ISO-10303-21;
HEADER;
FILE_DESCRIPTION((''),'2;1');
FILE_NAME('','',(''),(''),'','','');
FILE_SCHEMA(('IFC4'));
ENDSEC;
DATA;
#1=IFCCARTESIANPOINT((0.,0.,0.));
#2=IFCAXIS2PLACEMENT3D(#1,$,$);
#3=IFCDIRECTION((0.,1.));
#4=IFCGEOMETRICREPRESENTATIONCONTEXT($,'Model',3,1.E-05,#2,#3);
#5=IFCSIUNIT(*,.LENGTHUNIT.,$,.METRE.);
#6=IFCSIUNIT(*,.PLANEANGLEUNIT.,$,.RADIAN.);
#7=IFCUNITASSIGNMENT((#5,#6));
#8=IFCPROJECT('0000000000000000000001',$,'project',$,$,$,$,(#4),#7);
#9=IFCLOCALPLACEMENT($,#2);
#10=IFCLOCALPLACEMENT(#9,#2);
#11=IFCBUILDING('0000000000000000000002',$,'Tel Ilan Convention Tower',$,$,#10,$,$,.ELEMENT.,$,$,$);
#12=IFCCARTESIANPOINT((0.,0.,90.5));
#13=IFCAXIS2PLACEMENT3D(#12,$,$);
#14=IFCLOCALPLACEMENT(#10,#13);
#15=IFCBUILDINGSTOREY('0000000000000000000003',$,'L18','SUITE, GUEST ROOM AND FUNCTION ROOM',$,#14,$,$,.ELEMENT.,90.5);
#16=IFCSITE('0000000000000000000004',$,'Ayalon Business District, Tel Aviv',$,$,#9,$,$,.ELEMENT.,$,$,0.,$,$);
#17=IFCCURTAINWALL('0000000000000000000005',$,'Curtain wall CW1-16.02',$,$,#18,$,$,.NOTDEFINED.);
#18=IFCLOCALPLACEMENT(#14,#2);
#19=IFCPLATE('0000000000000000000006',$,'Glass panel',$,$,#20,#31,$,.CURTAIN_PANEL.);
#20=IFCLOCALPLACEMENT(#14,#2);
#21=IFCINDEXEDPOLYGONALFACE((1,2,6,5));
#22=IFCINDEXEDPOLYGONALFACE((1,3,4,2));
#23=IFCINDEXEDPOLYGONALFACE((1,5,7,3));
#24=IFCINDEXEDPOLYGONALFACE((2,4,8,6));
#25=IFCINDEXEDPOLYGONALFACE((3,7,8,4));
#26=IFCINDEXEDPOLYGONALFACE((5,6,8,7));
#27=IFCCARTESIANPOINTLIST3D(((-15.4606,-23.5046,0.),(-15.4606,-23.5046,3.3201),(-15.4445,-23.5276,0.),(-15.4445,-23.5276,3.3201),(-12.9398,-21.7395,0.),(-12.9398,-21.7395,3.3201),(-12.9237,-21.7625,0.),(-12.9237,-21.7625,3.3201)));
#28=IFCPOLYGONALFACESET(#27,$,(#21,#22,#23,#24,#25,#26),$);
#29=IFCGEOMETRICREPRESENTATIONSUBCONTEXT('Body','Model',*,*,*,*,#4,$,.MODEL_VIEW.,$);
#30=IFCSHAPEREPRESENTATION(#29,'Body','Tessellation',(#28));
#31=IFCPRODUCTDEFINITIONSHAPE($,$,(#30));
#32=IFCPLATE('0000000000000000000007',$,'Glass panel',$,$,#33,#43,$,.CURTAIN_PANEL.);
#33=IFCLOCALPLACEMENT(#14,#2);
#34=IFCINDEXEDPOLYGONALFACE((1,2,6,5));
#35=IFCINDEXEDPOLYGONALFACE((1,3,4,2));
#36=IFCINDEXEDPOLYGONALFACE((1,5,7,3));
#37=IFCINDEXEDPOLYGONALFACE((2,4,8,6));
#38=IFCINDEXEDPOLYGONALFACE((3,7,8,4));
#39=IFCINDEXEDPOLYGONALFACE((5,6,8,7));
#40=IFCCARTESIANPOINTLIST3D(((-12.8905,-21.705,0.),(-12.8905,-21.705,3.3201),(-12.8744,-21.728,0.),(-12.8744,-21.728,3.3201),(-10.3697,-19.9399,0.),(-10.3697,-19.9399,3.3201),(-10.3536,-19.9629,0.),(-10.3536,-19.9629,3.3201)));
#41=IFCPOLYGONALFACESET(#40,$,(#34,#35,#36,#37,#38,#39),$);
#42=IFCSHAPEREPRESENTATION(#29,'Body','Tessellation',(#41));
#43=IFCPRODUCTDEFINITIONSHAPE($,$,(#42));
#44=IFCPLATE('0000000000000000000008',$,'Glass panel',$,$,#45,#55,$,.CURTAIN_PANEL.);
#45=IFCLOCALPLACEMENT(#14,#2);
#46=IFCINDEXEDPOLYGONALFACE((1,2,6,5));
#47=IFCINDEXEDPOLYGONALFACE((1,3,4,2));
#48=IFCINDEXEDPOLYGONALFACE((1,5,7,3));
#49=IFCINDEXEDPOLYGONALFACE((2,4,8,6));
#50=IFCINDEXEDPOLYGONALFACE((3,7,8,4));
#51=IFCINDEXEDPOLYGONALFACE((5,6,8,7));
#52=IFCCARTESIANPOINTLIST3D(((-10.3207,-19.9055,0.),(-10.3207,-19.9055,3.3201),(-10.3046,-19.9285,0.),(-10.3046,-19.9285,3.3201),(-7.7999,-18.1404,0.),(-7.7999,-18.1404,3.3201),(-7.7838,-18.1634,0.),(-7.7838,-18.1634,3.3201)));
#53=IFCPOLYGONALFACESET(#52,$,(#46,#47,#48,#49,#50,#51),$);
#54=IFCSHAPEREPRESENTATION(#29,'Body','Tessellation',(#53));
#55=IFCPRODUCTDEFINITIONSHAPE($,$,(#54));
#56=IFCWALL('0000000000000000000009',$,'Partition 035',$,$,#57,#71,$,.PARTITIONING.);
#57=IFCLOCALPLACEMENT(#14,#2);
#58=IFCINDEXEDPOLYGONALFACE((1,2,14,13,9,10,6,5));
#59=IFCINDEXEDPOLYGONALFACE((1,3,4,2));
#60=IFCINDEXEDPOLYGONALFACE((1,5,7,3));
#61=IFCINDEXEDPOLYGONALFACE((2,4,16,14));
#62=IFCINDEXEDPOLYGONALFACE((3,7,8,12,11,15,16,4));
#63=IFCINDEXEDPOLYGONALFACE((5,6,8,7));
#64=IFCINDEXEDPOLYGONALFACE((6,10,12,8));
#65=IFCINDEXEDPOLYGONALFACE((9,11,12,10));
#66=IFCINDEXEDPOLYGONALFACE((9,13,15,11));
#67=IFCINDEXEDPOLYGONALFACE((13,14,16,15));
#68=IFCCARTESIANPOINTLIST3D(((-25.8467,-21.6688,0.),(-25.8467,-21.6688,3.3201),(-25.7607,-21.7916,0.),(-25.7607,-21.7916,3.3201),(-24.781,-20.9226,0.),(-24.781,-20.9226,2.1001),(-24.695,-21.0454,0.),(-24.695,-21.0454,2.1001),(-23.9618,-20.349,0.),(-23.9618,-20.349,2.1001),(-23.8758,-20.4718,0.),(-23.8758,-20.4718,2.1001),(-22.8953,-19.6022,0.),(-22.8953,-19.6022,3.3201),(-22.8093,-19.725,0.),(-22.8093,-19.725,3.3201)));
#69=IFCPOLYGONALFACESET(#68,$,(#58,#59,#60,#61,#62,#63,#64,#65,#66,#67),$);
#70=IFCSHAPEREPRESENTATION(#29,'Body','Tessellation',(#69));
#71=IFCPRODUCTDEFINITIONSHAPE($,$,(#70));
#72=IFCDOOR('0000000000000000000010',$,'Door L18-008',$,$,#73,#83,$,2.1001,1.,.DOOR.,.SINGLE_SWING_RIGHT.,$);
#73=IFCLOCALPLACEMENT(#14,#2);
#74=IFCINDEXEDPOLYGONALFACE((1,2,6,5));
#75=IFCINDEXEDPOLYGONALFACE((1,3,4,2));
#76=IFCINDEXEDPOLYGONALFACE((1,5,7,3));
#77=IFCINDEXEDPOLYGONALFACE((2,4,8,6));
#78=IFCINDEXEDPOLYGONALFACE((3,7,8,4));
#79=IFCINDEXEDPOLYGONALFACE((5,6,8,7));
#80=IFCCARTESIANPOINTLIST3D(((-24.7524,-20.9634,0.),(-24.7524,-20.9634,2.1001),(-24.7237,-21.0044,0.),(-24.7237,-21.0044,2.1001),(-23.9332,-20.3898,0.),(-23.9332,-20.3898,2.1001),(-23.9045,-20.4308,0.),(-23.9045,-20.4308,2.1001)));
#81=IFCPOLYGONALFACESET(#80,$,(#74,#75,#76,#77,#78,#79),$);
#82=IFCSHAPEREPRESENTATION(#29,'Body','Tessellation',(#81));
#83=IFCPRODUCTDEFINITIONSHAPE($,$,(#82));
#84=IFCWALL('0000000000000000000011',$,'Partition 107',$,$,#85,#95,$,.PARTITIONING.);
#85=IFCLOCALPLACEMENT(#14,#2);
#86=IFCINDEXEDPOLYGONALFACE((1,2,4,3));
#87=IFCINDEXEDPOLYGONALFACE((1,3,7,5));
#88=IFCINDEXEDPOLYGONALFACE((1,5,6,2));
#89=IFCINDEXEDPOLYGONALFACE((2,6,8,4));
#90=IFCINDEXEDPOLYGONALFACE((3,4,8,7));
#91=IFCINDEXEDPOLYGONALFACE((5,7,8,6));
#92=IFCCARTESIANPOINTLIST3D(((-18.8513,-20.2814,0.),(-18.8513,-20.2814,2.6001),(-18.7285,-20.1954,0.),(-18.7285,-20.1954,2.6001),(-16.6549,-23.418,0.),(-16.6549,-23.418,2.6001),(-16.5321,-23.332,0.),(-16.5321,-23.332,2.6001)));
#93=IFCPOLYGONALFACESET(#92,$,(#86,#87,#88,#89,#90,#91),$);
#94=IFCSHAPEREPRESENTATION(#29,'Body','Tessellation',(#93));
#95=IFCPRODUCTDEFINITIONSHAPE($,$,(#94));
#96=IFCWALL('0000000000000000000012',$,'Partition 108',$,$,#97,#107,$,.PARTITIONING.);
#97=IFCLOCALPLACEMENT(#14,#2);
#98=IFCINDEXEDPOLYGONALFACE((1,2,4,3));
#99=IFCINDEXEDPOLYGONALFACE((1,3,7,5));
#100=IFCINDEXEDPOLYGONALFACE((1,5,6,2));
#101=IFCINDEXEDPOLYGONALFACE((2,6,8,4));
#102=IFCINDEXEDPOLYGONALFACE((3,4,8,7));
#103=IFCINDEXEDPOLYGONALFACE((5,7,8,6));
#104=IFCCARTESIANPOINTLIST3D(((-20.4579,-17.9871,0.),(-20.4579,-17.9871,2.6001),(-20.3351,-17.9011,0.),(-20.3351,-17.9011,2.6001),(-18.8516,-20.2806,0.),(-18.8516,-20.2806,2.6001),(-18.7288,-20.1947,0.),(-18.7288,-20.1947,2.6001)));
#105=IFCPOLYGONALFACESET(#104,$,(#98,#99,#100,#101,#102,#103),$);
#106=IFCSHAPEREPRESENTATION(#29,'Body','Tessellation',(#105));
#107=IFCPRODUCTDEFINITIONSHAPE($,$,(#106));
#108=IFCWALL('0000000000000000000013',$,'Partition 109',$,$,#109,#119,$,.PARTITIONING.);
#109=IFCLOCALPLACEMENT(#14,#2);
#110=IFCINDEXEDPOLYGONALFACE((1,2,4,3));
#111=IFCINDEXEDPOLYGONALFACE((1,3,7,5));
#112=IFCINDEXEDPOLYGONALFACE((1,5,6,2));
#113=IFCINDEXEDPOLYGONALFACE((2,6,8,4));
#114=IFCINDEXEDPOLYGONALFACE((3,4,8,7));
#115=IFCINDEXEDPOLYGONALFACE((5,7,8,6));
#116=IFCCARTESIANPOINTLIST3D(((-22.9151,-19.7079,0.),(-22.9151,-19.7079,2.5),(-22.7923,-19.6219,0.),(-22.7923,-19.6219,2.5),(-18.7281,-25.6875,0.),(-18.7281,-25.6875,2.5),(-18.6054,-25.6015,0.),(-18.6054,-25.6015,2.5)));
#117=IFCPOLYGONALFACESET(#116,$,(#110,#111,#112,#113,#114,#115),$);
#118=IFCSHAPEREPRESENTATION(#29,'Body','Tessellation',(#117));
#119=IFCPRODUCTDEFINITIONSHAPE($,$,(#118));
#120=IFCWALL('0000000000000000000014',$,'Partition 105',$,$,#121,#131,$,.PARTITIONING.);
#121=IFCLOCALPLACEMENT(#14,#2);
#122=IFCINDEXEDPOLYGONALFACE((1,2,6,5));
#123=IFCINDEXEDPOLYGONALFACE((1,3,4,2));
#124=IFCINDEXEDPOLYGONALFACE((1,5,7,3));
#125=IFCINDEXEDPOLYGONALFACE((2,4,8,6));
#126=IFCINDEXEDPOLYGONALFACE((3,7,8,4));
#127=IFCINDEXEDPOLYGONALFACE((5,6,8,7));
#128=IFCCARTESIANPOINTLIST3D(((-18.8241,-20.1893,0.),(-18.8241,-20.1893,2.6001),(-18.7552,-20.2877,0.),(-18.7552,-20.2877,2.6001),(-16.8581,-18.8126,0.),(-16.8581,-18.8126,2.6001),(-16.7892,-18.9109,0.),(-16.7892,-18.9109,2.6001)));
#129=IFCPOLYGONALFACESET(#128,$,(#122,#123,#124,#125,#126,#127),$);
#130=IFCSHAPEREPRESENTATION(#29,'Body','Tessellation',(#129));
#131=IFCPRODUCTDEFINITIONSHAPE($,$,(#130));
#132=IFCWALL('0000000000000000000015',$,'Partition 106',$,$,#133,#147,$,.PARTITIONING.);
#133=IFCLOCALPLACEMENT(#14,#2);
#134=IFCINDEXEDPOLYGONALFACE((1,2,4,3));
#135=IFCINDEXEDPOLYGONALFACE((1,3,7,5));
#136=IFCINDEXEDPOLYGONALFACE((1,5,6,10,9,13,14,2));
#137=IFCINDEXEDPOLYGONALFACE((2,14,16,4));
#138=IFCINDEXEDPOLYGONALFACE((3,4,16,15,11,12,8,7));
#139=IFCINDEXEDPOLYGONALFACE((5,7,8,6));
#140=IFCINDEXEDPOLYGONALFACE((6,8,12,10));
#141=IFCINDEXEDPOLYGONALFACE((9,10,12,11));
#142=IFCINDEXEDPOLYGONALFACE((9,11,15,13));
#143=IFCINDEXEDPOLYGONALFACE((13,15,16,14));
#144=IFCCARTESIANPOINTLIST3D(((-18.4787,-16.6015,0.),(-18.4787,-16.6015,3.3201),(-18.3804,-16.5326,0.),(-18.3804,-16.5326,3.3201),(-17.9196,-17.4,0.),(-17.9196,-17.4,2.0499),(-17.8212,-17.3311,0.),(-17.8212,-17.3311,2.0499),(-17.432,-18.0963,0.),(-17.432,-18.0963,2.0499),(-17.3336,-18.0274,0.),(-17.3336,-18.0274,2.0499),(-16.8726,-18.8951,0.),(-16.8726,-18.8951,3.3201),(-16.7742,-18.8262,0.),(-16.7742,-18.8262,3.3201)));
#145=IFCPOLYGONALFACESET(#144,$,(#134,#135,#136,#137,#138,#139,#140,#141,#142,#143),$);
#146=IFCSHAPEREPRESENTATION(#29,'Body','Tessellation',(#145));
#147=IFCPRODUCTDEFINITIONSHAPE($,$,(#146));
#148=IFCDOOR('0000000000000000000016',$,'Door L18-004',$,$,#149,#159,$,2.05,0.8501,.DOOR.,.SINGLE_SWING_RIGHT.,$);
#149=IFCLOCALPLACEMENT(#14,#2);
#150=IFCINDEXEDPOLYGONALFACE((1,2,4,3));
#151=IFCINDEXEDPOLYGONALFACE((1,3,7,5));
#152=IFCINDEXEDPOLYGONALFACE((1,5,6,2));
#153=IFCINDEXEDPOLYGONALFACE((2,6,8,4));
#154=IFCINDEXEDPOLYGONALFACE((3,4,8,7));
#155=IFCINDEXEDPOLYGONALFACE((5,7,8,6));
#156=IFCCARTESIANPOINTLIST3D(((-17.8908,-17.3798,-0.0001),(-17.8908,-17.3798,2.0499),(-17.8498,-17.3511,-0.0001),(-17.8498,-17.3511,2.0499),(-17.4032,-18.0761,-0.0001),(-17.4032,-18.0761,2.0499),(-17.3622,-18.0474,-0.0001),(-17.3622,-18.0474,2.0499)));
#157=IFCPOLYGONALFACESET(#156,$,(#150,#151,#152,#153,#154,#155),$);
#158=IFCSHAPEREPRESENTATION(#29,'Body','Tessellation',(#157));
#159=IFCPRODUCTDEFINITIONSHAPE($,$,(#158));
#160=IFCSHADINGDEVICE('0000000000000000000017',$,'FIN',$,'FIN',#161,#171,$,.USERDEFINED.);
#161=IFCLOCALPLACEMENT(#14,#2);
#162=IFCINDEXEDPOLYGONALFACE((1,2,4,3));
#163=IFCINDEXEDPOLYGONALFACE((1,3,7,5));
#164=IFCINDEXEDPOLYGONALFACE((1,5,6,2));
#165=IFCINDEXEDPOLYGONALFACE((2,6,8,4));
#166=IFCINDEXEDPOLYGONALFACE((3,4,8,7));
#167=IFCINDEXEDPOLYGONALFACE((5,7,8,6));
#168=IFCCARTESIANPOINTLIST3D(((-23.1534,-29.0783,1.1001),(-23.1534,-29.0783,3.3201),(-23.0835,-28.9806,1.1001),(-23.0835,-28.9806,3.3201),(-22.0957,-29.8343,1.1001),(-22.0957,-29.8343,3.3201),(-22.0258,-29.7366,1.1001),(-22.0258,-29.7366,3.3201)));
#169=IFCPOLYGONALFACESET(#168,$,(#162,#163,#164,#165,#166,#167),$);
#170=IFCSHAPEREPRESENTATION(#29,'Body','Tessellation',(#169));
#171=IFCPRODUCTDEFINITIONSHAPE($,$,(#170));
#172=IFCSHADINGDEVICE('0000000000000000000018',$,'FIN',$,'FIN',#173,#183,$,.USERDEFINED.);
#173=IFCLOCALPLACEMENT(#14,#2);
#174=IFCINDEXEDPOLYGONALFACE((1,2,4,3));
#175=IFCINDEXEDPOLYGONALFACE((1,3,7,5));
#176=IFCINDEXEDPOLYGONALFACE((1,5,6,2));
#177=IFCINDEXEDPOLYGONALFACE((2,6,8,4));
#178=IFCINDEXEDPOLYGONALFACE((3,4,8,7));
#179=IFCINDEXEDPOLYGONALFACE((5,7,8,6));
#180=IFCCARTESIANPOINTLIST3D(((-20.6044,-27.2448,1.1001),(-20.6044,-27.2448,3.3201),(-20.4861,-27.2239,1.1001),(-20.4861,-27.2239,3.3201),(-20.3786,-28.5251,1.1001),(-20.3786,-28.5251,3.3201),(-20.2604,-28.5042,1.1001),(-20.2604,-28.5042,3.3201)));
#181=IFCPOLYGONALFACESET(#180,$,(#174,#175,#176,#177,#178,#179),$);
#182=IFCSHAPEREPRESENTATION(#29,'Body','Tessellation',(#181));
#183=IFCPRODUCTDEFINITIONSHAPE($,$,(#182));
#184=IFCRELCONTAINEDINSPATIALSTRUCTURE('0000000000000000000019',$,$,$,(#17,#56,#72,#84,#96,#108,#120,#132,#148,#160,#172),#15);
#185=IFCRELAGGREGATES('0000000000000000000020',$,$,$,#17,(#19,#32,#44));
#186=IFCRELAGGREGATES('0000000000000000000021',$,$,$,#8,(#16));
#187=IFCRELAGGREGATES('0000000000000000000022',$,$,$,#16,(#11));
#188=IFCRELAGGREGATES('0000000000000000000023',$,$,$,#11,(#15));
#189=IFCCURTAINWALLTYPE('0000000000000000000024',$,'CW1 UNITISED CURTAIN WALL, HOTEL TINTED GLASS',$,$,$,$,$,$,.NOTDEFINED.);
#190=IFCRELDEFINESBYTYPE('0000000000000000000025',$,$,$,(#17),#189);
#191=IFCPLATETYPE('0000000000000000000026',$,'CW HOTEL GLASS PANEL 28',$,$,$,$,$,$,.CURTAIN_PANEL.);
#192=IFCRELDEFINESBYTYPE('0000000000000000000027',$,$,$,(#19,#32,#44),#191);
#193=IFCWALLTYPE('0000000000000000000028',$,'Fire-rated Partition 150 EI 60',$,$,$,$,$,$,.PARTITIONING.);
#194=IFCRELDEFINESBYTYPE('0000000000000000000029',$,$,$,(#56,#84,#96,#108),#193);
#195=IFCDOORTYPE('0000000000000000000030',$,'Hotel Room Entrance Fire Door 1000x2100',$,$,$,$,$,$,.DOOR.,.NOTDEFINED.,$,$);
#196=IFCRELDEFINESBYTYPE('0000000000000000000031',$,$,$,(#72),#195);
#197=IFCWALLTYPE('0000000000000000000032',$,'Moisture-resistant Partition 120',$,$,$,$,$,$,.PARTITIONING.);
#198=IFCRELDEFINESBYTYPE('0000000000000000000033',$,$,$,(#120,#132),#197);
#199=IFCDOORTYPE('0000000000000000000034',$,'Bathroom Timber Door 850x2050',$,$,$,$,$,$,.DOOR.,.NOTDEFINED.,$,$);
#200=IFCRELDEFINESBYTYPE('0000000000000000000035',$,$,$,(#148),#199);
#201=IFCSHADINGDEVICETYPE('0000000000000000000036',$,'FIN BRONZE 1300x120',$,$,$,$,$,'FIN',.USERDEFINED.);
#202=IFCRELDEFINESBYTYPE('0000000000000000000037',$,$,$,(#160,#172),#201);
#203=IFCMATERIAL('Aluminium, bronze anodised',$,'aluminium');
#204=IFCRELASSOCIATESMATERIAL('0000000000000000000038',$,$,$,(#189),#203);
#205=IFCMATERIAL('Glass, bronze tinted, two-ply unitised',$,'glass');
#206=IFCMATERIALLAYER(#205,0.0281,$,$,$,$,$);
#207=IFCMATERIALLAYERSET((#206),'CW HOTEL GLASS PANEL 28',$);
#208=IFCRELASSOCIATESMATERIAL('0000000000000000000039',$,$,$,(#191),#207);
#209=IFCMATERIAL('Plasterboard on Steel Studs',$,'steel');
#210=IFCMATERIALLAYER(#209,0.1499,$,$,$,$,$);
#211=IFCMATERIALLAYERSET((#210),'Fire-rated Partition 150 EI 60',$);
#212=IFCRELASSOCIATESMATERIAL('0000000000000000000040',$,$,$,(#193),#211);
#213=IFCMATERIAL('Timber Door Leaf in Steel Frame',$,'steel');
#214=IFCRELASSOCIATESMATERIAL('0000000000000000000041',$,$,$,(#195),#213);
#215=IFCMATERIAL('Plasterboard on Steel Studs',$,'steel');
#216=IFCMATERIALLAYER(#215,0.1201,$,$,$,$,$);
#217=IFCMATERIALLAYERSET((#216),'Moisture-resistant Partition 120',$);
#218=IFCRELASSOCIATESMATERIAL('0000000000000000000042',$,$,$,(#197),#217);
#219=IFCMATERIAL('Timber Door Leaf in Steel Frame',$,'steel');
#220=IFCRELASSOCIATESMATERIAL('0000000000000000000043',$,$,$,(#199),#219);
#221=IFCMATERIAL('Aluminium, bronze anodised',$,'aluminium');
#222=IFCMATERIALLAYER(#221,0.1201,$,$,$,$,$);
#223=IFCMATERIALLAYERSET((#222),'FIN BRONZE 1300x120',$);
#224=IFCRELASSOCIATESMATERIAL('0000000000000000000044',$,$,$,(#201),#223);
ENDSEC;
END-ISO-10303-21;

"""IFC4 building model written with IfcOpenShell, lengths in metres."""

from ifc_helpers import new_model, si_unit, direction, frame, frame_2d, origin, origin_2d, place, context, subcontext, project, spatial, rectangle, extrude, material, layer, layer_set, type_object, element, fill, aggregate, save


model = new_model("IFC4")

# Units and contexts
model_context = context("Model", 3, precision=1e-05, world=origin(), true_north=direction((0.0, 1.0)))
body_context = subcontext(model_context, "Body", "Model", "MODEL_VIEW")
ifc_project = project(units=[si_unit("LENGTHUNIT", "METRE"), si_unit("PLANEANGLEUNIT", "RADIAN")], contexts=[model_context])

# Site, building, storey
site_placement = place(None, origin())
site = spatial("IfcSite", under=ifc_project, at=site_placement, Name="Ayalon Business District, Tel Aviv", CompositionType="ELEMENT", RefElevation=0.0)
building_placement = place(site_placement, origin())
building = spatial("IfcBuilding", under=site, at=building_placement, Name="Tel Ilan Convention Tower", CompositionType="ELEMENT")
storey_placement = place(building_placement, frame((0.0, 0.0, 90.5)))
storey = spatial("IfcBuildingStorey", under=building, at=storey_placement, Name="L18", Description="SUITE, GUEST ROOM AND FUNCTION ROOM", CompositionType="ELEMENT", Elevation=90.5)

# Curtain wall, plates
ifc_material_1 = material(Name="Aluminium, bronze anodised", Category="aluminium")
curtain_wall_type = type_object("IfcCurtainWallType", Name="CW1 UNITISED CURTAIN WALL, HOTEL TINTED GLASS", PredefinedType="NOTDEFINED", material=ifc_material_1)
curtain_wall_placement = place(storey_placement, origin())
curtain_wall = element("IfcCurtainWall", 1, at=curtain_wall_placement, inside=storey, type_object=curtain_wall_type, Name="Curtain wall CW1-16.02", PredefinedType="NOTDEFINED")
ifc_material_2 = material(Name="Glass, bronze tinted, two-ply unitised", Category="glass")
ifc_layer_1 = layer(ifc_material_2, 0.0281)
ifc_layer_set_1 = layer_set([ifc_layer_1], Name="CW HOTEL GLASS PANEL 28")
plate_type = type_object("IfcPlateType", Name="CW HOTEL GLASS PANEL 28", PredefinedType="CURTAIN_PANEL", material=ifc_layer_set_1)
plate_1_placement = place(storey_placement, frame((-14.1921, -22.6335, 0.0), z_axis=(0.0, 0.0, 1.0), x_axis=(0.819152, 0.573576, 0.0)))
plate_1 = element("IfcPlate", 2, at=plate_1_placement, type_object=plate_type, Name="Glass panel", PredefinedType="CURTAIN_PANEL", context=body_context, shape_type="SweptSolid", body=[
    extrude(rectangle(XDim=3.0774, YDim=0.0281, at=origin_2d()), origin(), (0.0, 0.0, 1.0), 3.3201),
])
plate_2_placement = place(storey_placement, frame((-11.6221, -20.834, 0.0), z_axis=(0.0, 0.0, 1.0), x_axis=(0.819152, 0.573576, 0.0)))
plate_2 = element("IfcPlate", 3, at=plate_2_placement, type_object=plate_type, Name="Glass panel", PredefinedType="CURTAIN_PANEL", context=body_context, shape_type="SweptSolid", body=[
    extrude(rectangle(XDim=3.0774, YDim=0.0281, at=origin_2d()), origin(), (0.0, 0.0, 1.0), 3.3201),
])
plate_3_placement = place(storey_placement, frame((-9.0522, -19.0344, 0.0), z_axis=(0.0, 0.0, 1.0), x_axis=(0.819152, 0.573576, 0.0)))
plate_3 = element("IfcPlate", 4, at=plate_3_placement, type_object=plate_type, Name="Glass panel", PredefinedType="CURTAIN_PANEL", context=body_context, shape_type="SweptSolid", body=[
    extrude(rectangle(XDim=3.0774, YDim=0.0281, at=origin_2d()), origin(), (0.0, 0.0, 1.0), 3.3201),
])
aggregate(curtain_wall, [plate_1, plate_2, plate_3])

# Wall, opening, door
ifc_material_3 = material(Name="Plasterboard on Steel Studs", Category="steel")
ifc_layer_2 = layer(ifc_material_3, 0.1499)
ifc_layer_set_2 = layer_set([ifc_layer_2], Name="Fire-rated Partition 150 EI 60")
wall_type_1 = type_object("IfcWallType", Name="Fire-rated Partition 150 EI 60", PredefinedType="PARTITIONING", material=ifc_layer_set_2)
wall_1_placement = place(storey_placement, frame((-22.8523, -19.6636, 0.0), z_axis=(0.0, 0.0, 1.0), x_axis=(-0.819146, -0.573585, 0.0)))
wall_1 = element("IfcWall", 5, at=wall_1_placement, inside=storey, type_object=wall_type_1, Name="Partition 035", PredefinedType="PARTITIONING", context=body_context, shape_type="SweptSolid", body=[
    extrude(rectangle(XDim=3.603, YDim=0.1499, at=frame_2d((1.8015, 0.0))), origin(), (0.0, 0.0, 1.0), 3.3201),
])
opening_1_placement = place(wall_1_placement, frame((1.302, 0.0, 0.0)))
opening_1 = element("IfcOpeningElement", 6, at=opening_1_placement, cuts=wall_1, PredefinedType="OPENING", context=body_context, shape_type="SweptSolid", body=[
    extrude(rectangle(XDim=1.0, YDim=2.1001, at=frame_2d((0.5, 1.05))), frame((0.0, 0.085, 0.0), z_axis=(0.0, -1.0, 0.0), x_axis=(1.0, 0.0, 0.0)), (0.0, 0.0, 1.0), 0.1699),
])
ifc_material_4 = material(Name="Timber Door Leaf in Steel Frame", Category="steel")
door_type_1 = type_object("IfcDoorType", Name="Hotel Room Entrance Fire Door 1000x2100", OperationType="NOTDEFINED", PredefinedType="DOOR", material=ifc_material_4)
door_1_placement = place(opening_1_placement, origin())
door_1 = element("IfcDoor", 7, at=door_1_placement, inside=storey, type_object=door_type_1, Name="Door L18-008", OperationType="SINGLE_SWING_RIGHT", OverallHeight=2.1001, OverallWidth=1.0, PredefinedType="DOOR", context=body_context, shape_type="SweptSolid", body=[
    extrude(rectangle(XDim=1.0, YDim=2.1001, at=frame_2d((0.5, 1.05))), frame((0.0, 0.0249, 0.0), z_axis=(0.0, -1.0, 0.0), x_axis=(1.0, 0.0, 0.0)), (0.0, 0.0, 1.0), 0.05),
])
fill(opening_1, door_1)

# Walls
wall_2_placement = place(storey_placement, frame((-16.5935, -23.375, 0.0), z_axis=(0.0, 0.0, 1.0), x_axis=(-0.573595, 0.819139, 0.0)))
element("IfcWall", 8, at=wall_2_placement, inside=storey, type_object=wall_type_1, Name="Partition 107", PredefinedType="PARTITIONING", context=body_context, shape_type="SweptSolid", body=[
    extrude(rectangle(XDim=3.8291, YDim=0.1499, at=frame_2d((1.9146, 0.0))), origin(), (0.0, 0.0, 1.0), 2.6001),
])
wall_3_placement = place(storey_placement, frame((-18.7903, -20.2375, 0.0), z_axis=(0.0, 0.0, 1.0), x_axis=(-0.57365, 0.819101, 0.0)))
element("IfcWall", 9, at=wall_3_placement, inside=storey, type_object=wall_type_1, Name="Partition 108", PredefinedType="PARTITIONING", context=body_context, shape_type="SweptSolid", body=[
    extrude(rectangle(XDim=2.8, YDim=0.1499, at=frame_2d((1.3999, 0.0))), origin(), (0.0, 0.0, 1.0), 2.6001),
])
wall_4_placement = place(storey_placement, frame((-18.6667, -25.6445, 0.0), z_axis=(0.0, 0.0, 1.0), x_axis=(-0.573572, 0.819155, 0.0)))
element("IfcWall", 10, at=wall_4_placement, inside=storey, type_object=wall_type_1, Name="Partition 109", PredefinedType="PARTITIONING", context=body_context, shape_type="SweptSolid", body=[
    extrude(rectangle(XDim=7.2998, YDim=0.1499, at=frame_2d((3.6499, 0.0))), origin(), (0.0, 0.0, 1.0), 2.5),
])
ifc_material_5 = material(Name="Plasterboard on Steel Studs", Category="steel")
ifc_layer_3 = layer(ifc_material_5, 0.1201)
ifc_layer_set_3 = layer_set([ifc_layer_3], Name="Moisture-resistant Partition 120")
wall_type_2 = type_object("IfcWallType", Name="Moisture-resistant Partition 120", PredefinedType="PARTITIONING", material=ifc_layer_set_3)
wall_5_placement = place(storey_placement, frame((-18.7898, -20.2385, 0.0), z_axis=(0.0, 0.0, 1.0), x_axis=(0.819141, 0.573592, 0.0)))
element("IfcWall", 11, at=wall_5_placement, inside=storey, type_object=wall_type_2, Name="Partition 105", PredefinedType="PARTITIONING", context=body_context, shape_type="SweptSolid", body=[
    extrude(rectangle(XDim=2.4001, YDim=0.1201, at=frame_2d((1.2002, 0.0))), origin(), (0.0, 0.0, 1.0), 2.6001),
])

# Wall, opening, door
wall_6_placement = place(storey_placement, frame((-16.8235, -18.8606, 0.0), z_axis=(0.0, 0.0, 1.0), x_axis=(-0.573609, 0.81913, 0.0)))
wall_6 = element("IfcWall", 12, at=wall_6_placement, inside=storey, type_object=wall_type_2, Name="Partition 106", PredefinedType="PARTITIONING", context=body_context, shape_type="SweptSolid", body=[
    extrude(rectangle(XDim=2.8, YDim=0.1201, at=frame_2d((1.3999, 0.0))), origin(), (0.0, 0.0, 1.0), 3.3201),
])
opening_2_placement = place(wall_6_placement, frame((0.9751, 0.0, 0.0)))
opening_2 = element("IfcOpeningElement", 13, at=opening_2_placement, cuts=wall_6, PredefinedType="OPENING", context=body_context, shape_type="SweptSolid", body=[
    extrude(rectangle(XDim=0.8501, YDim=2.05, at=frame_2d((0.425, 1.0249))), frame((0.0, 0.0701, 0.0), z_axis=(0.0, -1.0, 0.0), x_axis=(1.0, 0.0, 0.0)), (0.0, 0.0, 1.0), 0.1401),
])
ifc_material_6 = material(Name="Timber Door Leaf in Steel Frame", Category="steel")
door_type_2 = type_object("IfcDoorType", Name="Bathroom Timber Door 850x2050", OperationType="NOTDEFINED", PredefinedType="DOOR", material=ifc_material_6)
door_2_placement = place(opening_2_placement, origin())
door_2 = element("IfcDoor", 14, at=door_2_placement, inside=storey, type_object=door_type_2, Name="Door L18-004", OperationType="SINGLE_SWING_RIGHT", OverallHeight=2.05, OverallWidth=0.8501, PredefinedType="DOOR", context=body_context, shape_type="SweptSolid", body=[
    extrude(rectangle(XDim=0.8501, YDim=2.05, at=frame_2d((0.425, 1.0249))), frame((0.0, 0.0249, 0.0), z_axis=(0.0, -1.0, 0.0), x_axis=(1.0, 0.0, 0.0)), (0.0, 0.0, 1.0), 0.05),
])
fill(opening_2, door_2)

# Shading devices
ifc_material_7 = material(Name="Aluminium, bronze anodised", Category="aluminium")
ifc_layer_4 = layer(ifc_material_7, 0.1201)
ifc_layer_set_4 = layer_set([ifc_layer_4], Name="FIN BRONZE 1300x120")
shading_device_type = type_object("IfcShadingDeviceType", Name="FIN BRONZE 1300x120", ElementType="FIN", PredefinedType="USERDEFINED", material=ifc_layer_set_4)
for number, where, z_axis, x_axis, name in (
    (15, (-22.5896, -29.4075, 1.1001), (0.0, 0.0, 1.0), (0.813552, -0.581492, 0.0), "FIN"),
    (16, (-20.4324, -27.8745, 1.1001), (0.0, 0.0, 1.0), (0.173648, -0.984808, 0.0), "FIN"),
):
    element("IfcShadingDevice", number, at=place(storey_placement, frame(where, z_axis=z_axis, x_axis=x_axis)), inside=storey, type_object=shading_device_type, Name=name, ObjectType="FIN", PredefinedType="USERDEFINED", context=body_context, shape_type="SweptSolid", body=[
        extrude(rectangle(XDim=1.3, YDim=0.1201, at=origin_2d()), origin(), (0.0, 0.0, 1.0), 2.22),
    ])

save(model, "model.ifc")
